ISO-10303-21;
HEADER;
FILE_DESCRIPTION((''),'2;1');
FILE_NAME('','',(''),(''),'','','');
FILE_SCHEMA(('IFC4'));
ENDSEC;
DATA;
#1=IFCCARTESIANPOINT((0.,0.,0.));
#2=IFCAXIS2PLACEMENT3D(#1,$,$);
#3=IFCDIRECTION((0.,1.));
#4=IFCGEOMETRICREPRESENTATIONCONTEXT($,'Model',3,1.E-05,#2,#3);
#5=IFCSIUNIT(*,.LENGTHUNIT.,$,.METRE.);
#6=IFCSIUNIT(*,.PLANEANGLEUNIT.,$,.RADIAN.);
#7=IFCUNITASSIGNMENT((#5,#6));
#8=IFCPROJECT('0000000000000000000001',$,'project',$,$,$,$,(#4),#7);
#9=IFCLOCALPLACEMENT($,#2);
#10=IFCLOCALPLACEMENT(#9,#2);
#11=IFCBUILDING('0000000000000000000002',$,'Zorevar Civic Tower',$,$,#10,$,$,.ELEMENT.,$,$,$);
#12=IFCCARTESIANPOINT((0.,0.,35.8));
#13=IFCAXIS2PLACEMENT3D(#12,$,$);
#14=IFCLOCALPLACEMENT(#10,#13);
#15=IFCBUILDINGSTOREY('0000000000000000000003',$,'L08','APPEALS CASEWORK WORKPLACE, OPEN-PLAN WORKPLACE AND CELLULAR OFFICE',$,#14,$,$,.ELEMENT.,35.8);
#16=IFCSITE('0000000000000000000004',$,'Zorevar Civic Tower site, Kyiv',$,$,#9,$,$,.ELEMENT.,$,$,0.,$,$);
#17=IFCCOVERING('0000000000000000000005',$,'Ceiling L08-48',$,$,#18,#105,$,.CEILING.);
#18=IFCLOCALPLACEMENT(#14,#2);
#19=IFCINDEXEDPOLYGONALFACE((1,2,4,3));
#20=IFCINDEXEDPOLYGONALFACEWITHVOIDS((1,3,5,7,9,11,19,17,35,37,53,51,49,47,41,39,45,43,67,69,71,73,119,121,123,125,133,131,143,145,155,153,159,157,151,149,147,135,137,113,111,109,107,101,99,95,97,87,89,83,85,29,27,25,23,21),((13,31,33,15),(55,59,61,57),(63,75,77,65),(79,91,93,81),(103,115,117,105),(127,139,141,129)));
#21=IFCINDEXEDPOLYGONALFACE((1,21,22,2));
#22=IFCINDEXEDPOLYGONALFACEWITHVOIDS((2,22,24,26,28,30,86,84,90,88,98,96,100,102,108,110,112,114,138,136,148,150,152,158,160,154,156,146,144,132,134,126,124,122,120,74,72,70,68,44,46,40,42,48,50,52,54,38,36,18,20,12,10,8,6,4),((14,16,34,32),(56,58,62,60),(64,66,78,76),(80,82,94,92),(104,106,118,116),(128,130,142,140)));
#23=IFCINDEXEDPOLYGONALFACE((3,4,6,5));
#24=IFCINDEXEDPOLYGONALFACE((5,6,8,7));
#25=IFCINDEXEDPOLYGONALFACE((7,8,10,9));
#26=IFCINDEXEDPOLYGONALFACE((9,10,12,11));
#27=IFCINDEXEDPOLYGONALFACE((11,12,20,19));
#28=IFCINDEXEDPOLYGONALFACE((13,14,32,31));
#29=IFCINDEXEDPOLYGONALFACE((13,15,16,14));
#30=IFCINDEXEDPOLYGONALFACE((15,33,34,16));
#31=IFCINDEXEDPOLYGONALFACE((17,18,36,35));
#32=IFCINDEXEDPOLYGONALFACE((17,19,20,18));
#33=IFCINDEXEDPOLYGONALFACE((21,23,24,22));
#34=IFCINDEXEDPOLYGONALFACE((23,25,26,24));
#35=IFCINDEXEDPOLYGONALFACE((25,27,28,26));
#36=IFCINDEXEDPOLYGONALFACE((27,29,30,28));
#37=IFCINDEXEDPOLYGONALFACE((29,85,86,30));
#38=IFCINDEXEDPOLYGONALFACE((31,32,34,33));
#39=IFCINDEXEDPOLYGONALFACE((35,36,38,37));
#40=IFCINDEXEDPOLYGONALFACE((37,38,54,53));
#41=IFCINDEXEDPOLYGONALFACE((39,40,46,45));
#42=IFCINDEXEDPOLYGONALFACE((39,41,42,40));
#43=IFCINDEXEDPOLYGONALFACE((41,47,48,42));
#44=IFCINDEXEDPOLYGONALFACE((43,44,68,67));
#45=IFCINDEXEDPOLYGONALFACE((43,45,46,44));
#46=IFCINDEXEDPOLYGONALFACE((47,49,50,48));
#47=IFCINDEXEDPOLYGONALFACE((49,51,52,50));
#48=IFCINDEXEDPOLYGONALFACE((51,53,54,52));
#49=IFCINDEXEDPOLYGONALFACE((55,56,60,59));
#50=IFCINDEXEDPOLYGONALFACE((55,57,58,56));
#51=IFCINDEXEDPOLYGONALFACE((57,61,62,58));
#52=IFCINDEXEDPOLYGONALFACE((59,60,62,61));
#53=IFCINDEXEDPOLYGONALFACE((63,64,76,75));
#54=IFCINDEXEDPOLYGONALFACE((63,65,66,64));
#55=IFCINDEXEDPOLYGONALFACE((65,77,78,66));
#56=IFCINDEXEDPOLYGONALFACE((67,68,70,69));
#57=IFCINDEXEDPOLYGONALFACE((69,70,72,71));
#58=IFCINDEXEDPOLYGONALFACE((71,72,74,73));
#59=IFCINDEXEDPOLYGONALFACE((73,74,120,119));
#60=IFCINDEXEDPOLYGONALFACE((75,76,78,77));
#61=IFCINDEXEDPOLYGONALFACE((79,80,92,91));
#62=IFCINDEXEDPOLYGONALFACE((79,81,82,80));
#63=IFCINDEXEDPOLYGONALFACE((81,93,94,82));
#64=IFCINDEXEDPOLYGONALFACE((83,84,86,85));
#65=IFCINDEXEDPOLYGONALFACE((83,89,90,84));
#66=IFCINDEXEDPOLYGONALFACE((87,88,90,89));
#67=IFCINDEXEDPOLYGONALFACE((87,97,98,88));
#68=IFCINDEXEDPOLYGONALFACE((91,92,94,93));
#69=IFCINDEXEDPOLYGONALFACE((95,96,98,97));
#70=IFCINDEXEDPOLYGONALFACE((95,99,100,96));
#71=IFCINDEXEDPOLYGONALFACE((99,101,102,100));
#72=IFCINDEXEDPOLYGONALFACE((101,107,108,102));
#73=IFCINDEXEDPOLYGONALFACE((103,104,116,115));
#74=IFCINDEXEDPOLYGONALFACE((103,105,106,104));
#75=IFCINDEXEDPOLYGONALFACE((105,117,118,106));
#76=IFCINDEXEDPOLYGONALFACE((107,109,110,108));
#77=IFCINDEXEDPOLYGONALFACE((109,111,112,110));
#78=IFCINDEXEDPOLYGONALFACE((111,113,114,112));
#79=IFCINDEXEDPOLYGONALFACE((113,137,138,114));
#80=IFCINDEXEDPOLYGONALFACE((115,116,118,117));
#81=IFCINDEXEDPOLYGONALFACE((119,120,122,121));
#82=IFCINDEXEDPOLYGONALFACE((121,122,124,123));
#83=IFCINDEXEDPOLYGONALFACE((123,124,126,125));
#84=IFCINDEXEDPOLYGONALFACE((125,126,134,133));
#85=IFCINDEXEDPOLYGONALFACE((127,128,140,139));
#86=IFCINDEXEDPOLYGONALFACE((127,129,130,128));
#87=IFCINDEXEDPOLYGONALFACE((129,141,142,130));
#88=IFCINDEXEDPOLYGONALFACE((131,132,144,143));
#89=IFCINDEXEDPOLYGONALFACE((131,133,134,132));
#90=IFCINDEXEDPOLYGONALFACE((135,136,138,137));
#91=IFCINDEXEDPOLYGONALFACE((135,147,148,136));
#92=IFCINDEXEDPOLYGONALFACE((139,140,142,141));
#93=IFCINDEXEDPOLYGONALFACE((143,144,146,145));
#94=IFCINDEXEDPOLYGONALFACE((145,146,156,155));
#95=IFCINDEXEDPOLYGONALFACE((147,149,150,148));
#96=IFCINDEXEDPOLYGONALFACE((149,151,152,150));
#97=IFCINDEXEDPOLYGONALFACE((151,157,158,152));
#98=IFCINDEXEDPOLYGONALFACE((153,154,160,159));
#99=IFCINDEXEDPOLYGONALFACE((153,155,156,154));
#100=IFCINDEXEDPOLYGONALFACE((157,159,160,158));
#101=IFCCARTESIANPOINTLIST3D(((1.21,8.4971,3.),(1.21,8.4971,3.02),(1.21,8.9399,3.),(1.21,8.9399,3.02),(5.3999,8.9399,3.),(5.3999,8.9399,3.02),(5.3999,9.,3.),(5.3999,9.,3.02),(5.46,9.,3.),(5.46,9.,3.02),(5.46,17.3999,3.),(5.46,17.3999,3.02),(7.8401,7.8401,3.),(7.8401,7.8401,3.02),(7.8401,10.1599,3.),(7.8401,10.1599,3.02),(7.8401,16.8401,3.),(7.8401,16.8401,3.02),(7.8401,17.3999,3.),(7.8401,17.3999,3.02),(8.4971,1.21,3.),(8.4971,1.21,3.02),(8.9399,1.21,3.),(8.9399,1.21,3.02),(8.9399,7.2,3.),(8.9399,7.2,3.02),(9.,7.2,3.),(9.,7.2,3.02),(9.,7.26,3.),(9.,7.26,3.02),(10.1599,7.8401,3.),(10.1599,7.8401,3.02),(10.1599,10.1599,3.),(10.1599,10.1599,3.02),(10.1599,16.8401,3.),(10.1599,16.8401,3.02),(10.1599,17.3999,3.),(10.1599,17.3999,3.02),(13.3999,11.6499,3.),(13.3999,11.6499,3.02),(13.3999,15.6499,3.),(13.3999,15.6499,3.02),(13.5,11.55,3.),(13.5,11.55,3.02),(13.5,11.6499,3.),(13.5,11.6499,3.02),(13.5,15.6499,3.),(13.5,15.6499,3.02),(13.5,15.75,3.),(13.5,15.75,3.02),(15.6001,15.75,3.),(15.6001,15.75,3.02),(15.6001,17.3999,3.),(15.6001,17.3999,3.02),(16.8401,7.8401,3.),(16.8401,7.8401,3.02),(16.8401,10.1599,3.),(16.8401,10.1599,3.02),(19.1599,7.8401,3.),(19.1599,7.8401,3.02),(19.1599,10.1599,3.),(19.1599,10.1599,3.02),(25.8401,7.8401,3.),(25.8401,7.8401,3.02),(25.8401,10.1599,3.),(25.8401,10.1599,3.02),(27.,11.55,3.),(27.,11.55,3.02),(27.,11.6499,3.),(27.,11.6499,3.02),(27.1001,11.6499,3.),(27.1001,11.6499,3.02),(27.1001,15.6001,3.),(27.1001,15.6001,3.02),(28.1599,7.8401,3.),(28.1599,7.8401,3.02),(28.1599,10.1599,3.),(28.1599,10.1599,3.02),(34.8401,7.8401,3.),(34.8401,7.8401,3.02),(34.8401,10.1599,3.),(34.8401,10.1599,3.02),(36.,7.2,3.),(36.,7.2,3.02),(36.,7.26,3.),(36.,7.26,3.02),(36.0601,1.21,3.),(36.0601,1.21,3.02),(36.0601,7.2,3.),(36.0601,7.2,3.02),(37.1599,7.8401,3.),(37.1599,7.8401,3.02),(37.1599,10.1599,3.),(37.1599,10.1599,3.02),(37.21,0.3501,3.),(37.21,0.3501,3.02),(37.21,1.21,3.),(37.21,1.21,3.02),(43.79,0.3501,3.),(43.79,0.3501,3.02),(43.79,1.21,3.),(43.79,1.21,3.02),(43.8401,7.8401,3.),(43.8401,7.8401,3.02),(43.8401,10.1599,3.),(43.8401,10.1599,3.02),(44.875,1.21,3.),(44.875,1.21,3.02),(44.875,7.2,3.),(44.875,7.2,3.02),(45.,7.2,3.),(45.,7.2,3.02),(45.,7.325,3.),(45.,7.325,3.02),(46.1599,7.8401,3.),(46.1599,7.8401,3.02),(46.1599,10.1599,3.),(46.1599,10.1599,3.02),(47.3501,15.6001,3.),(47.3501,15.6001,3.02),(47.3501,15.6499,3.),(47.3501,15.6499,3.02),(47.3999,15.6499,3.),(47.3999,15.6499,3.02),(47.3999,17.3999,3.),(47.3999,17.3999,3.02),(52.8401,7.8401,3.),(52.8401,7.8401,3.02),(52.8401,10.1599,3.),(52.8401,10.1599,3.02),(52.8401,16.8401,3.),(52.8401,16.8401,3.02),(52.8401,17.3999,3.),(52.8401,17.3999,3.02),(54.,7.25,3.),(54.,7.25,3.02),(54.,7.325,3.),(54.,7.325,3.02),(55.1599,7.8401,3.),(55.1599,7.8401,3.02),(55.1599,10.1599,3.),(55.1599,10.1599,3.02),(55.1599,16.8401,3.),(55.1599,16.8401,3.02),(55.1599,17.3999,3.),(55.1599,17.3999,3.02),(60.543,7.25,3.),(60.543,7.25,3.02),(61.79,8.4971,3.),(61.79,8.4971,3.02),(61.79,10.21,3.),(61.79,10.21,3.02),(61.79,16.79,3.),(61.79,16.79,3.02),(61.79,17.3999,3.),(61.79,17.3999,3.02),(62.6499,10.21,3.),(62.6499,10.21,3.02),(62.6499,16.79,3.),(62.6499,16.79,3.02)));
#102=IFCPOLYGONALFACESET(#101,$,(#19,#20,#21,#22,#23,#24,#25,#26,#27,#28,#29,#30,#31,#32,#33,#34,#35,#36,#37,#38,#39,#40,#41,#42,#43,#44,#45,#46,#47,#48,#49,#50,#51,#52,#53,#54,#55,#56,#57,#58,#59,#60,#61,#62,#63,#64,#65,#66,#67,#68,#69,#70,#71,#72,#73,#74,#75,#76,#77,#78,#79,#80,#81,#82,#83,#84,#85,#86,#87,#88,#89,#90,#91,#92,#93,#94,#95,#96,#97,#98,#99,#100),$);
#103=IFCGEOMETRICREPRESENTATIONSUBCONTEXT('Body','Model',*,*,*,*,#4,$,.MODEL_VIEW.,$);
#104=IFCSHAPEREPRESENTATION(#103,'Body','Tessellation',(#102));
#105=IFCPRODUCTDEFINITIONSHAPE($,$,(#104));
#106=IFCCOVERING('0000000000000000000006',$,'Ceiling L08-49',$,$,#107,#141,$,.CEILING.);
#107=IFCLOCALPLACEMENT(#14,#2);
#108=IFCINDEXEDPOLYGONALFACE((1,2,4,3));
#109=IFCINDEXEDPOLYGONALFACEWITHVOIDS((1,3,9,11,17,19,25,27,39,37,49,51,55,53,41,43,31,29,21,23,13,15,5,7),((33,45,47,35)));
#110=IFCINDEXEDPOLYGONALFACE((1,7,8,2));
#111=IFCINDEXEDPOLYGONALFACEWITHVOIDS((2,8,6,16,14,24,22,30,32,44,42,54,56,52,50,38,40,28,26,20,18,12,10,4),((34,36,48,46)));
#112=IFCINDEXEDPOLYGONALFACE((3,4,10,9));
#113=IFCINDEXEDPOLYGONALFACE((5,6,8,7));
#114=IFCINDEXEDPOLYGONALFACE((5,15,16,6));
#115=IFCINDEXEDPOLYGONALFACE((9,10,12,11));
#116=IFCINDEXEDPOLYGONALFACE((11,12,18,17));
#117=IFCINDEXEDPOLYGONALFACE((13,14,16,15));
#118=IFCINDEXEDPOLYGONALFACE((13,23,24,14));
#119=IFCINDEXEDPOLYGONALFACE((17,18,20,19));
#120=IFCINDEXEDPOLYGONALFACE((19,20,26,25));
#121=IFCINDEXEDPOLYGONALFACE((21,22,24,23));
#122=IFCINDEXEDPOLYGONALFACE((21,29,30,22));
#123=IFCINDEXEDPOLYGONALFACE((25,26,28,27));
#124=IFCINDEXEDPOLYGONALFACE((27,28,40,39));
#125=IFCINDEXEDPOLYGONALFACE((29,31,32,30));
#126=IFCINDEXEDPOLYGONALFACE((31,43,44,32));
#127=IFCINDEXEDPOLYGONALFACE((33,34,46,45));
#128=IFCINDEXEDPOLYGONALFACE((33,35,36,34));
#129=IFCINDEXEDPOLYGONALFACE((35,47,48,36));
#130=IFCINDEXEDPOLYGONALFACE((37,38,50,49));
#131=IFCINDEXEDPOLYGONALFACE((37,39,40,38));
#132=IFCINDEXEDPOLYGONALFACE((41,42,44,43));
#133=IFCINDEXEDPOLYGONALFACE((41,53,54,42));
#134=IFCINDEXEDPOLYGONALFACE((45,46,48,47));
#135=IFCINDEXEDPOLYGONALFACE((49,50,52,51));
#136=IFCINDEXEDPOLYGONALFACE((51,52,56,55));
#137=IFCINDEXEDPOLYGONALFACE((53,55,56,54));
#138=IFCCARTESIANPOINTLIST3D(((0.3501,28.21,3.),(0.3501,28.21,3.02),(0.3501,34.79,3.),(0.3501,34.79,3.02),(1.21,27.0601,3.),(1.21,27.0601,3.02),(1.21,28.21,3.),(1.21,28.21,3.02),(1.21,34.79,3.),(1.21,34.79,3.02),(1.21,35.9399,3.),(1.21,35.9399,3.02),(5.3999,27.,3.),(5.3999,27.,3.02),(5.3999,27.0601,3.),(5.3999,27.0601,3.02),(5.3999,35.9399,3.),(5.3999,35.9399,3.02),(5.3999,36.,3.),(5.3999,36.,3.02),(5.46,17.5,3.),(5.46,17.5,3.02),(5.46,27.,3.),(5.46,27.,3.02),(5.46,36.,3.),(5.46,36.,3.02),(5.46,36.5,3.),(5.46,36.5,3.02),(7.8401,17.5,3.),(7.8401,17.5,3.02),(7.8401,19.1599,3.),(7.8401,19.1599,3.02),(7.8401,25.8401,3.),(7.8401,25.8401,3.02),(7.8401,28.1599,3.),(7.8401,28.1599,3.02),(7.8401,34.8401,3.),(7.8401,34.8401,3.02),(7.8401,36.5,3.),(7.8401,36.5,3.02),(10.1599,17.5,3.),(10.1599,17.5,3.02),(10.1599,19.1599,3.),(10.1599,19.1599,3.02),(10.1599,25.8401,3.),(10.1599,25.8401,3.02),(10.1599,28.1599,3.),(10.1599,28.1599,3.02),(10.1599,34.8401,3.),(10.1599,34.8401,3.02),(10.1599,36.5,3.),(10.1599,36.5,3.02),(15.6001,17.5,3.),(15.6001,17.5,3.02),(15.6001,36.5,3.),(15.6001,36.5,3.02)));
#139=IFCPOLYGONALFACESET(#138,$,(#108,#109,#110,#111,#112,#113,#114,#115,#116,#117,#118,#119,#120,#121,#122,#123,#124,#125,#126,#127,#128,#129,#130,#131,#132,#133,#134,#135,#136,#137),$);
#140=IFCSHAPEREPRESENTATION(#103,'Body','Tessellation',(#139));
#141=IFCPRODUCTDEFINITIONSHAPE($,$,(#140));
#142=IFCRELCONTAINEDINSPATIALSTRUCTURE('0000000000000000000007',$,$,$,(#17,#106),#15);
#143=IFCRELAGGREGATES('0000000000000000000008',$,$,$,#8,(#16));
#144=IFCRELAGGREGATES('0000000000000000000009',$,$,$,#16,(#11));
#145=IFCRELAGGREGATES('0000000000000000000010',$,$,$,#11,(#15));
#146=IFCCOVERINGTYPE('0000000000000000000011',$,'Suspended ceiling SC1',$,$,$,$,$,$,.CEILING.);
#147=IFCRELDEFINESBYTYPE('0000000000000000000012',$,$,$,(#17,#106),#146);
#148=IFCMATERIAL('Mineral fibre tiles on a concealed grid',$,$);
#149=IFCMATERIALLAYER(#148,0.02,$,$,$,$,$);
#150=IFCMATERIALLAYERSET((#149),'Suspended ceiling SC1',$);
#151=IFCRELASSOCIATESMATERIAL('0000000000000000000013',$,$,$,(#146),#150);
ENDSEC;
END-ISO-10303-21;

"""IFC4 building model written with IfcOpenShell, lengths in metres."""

from ifc_helpers import new_model, si_unit, direction, frame, origin, place, context, subcontext, project, spatial, polyline, outline, extrude, material, layer, layer_set, type_object, element, save


model = new_model("IFC4")

# Units and contexts
model_context = context("Model", 3, precision=1e-05, world=origin(), true_north=direction((0.0, 1.0)))
body_context = subcontext(model_context, "Body", "Model", "MODEL_VIEW")
ifc_project = project(units=[si_unit("LENGTHUNIT", "METRE"), si_unit("PLANEANGLEUNIT", "RADIAN")], contexts=[model_context])

# Site, building, storey
site_placement = place(None, origin())
site = spatial("IfcSite", under=ifc_project, at=site_placement, Name="Zorevar Civic Tower site, Kyiv", CompositionType="ELEMENT", RefElevation=0.0)
building_placement = place(site_placement, origin())
building = spatial("IfcBuilding", under=site, at=building_placement, Name="Zorevar Civic Tower", CompositionType="ELEMENT")
storey_placement = place(building_placement, frame((0.0, 0.0, 35.8)))
storey = spatial("IfcBuildingStorey", under=building, at=storey_placement, Name="L08", Description="APPEALS CASEWORK WORKPLACE, OPEN-PLAN WORKPLACE AND CELLULAR OFFICE", CompositionType="ELEMENT", Elevation=35.8)

# Coverings
ifc_material_1 = material(Name="Mineral fibre tiles on a concealed grid")
ifc_layer_1 = layer(ifc_material_1, 0.02)
ifc_layer_set_1 = layer_set([ifc_layer_1], Name="Suspended ceiling SC1")
covering_type_1 = type_object("IfcCoveringType", Name="Suspended ceiling SC1", PredefinedType="CEILING", material=ifc_layer_set_1)
covering_1_placement = place(storey_placement, frame((0.0, 0.0, 3.0)))
element("IfcCovering", 1, at=covering_1_placement, inside=storey, type_object=covering_type_1, Name="Ceiling L08-48", PredefinedType="CEILING", context=body_context, shape_type="SweptSolid", body=[
    extrude(outline(polyline([(7.8401, 16.8401), (10.1599, 16.8401), (10.1599, 17.3999), (15.6001, 17.3999), (15.6001, 15.75), (13.5, 15.75), (13.5, 15.6499), (13.3999, 15.6499), (13.3999, 11.6499), (13.5, 11.6499), (13.5, 11.55), (27.0, 11.55), (27.0, 11.6499), (27.1001, 11.6499), (27.1001, 15.6001), (47.3501, 15.6001), (47.3501, 15.6499), (47.3999, 15.6499), (47.3999, 17.3999), (52.8401, 17.3999), (52.8401, 16.8401), (55.1599, 16.8401), (55.1599, 17.3999), (61.79, 17.3999), (61.79, 16.79), (62.6499, 16.79), (62.6499, 10.21), (61.79, 10.21), (61.79, 8.4971), (60.543, 7.25), (54.0, 7.25), (54.0, 7.325), (45.0, 7.325), (45.0, 7.2), (44.875, 7.2), (44.875, 1.21), (43.79, 1.21), (43.79, 0.3501), (37.21, 0.3501), (37.21, 1.21), (36.0601, 1.21), (36.0601, 7.2), (36.0, 7.2), (36.0, 7.26), (9.0, 7.26), (9.0, 7.2), (8.9399, 7.2), (8.9399, 1.21), (8.4971, 1.21), (1.21, 8.4971), (1.21, 8.9399), (5.3999, 8.9399), (5.3999, 9.0), (5.46, 9.0), (5.46, 17.3999), (7.8401, 17.3999), (7.8401, 16.8401)]), holes=[polyline([(7.8401, 10.1599), (7.8401, 7.8401), (10.1599, 7.8401), (10.1599, 10.1599), (7.8401, 10.1599)]), polyline([(19.1599, 7.8401), (19.1599, 10.1599), (16.8401, 10.1599), (16.8401, 7.8401), (19.1599, 7.8401)]), polyline([(25.8401, 7.8401), (28.1599, 7.8401), (28.1599, 10.1599), (25.8401, 10.1599), (25.8401, 7.8401)]), polyline([(37.1599, 10.1599), (34.8401, 10.1599), (34.8401, 7.8401), (37.1599, 7.8401), (37.1599, 10.1599)]), polyline([(43.8401, 7.8401), (46.1599, 7.8401), (46.1599, 10.1599), (43.8401, 10.1599), (43.8401, 7.8401)]), polyline([(52.8401, 10.1599), (52.8401, 7.8401), (55.1599, 7.8401), (55.1599, 10.1599), (52.8401, 10.1599)])]), origin(), (0.0, 0.0, 1.0), 0.02),
])
covering_2_placement = place(storey_placement, frame((0.0, 0.0, 3.0)))
element("IfcCovering", 2, at=covering_2_placement, inside=storey, type_object=covering_type_1, Name="Ceiling L08-49", PredefinedType="CEILING", context=body_context, shape_type="SweptSolid", body=[
    extrude(outline(polyline([(5.3999, 27.0), (5.3999, 27.0601), (1.21, 27.0601), (1.21, 28.21), (0.3501, 28.21), (0.3501, 34.79), (1.21, 34.79), (1.21, 35.9399), (5.3999, 35.9399), (5.3999, 36.0), (5.46, 36.0), (5.46, 36.5), (7.8401, 36.5), (7.8401, 34.8401), (10.1599, 34.8401), (10.1599, 36.5), (15.6001, 36.5), (15.6001, 17.5), (10.1599, 17.5), (10.1599, 19.1599), (7.8401, 19.1599), (7.8401, 17.5), (5.46, 17.5), (5.46, 27.0), (5.3999, 27.0)]), holes=[polyline([(7.8401, 28.1599), (7.8401, 25.8401), (10.1599, 25.8401), (10.1599, 28.1599), (7.8401, 28.1599)])]), origin(), (0.0, 0.0, 1.0), 0.02),
])

save(model, "model.ifc")
